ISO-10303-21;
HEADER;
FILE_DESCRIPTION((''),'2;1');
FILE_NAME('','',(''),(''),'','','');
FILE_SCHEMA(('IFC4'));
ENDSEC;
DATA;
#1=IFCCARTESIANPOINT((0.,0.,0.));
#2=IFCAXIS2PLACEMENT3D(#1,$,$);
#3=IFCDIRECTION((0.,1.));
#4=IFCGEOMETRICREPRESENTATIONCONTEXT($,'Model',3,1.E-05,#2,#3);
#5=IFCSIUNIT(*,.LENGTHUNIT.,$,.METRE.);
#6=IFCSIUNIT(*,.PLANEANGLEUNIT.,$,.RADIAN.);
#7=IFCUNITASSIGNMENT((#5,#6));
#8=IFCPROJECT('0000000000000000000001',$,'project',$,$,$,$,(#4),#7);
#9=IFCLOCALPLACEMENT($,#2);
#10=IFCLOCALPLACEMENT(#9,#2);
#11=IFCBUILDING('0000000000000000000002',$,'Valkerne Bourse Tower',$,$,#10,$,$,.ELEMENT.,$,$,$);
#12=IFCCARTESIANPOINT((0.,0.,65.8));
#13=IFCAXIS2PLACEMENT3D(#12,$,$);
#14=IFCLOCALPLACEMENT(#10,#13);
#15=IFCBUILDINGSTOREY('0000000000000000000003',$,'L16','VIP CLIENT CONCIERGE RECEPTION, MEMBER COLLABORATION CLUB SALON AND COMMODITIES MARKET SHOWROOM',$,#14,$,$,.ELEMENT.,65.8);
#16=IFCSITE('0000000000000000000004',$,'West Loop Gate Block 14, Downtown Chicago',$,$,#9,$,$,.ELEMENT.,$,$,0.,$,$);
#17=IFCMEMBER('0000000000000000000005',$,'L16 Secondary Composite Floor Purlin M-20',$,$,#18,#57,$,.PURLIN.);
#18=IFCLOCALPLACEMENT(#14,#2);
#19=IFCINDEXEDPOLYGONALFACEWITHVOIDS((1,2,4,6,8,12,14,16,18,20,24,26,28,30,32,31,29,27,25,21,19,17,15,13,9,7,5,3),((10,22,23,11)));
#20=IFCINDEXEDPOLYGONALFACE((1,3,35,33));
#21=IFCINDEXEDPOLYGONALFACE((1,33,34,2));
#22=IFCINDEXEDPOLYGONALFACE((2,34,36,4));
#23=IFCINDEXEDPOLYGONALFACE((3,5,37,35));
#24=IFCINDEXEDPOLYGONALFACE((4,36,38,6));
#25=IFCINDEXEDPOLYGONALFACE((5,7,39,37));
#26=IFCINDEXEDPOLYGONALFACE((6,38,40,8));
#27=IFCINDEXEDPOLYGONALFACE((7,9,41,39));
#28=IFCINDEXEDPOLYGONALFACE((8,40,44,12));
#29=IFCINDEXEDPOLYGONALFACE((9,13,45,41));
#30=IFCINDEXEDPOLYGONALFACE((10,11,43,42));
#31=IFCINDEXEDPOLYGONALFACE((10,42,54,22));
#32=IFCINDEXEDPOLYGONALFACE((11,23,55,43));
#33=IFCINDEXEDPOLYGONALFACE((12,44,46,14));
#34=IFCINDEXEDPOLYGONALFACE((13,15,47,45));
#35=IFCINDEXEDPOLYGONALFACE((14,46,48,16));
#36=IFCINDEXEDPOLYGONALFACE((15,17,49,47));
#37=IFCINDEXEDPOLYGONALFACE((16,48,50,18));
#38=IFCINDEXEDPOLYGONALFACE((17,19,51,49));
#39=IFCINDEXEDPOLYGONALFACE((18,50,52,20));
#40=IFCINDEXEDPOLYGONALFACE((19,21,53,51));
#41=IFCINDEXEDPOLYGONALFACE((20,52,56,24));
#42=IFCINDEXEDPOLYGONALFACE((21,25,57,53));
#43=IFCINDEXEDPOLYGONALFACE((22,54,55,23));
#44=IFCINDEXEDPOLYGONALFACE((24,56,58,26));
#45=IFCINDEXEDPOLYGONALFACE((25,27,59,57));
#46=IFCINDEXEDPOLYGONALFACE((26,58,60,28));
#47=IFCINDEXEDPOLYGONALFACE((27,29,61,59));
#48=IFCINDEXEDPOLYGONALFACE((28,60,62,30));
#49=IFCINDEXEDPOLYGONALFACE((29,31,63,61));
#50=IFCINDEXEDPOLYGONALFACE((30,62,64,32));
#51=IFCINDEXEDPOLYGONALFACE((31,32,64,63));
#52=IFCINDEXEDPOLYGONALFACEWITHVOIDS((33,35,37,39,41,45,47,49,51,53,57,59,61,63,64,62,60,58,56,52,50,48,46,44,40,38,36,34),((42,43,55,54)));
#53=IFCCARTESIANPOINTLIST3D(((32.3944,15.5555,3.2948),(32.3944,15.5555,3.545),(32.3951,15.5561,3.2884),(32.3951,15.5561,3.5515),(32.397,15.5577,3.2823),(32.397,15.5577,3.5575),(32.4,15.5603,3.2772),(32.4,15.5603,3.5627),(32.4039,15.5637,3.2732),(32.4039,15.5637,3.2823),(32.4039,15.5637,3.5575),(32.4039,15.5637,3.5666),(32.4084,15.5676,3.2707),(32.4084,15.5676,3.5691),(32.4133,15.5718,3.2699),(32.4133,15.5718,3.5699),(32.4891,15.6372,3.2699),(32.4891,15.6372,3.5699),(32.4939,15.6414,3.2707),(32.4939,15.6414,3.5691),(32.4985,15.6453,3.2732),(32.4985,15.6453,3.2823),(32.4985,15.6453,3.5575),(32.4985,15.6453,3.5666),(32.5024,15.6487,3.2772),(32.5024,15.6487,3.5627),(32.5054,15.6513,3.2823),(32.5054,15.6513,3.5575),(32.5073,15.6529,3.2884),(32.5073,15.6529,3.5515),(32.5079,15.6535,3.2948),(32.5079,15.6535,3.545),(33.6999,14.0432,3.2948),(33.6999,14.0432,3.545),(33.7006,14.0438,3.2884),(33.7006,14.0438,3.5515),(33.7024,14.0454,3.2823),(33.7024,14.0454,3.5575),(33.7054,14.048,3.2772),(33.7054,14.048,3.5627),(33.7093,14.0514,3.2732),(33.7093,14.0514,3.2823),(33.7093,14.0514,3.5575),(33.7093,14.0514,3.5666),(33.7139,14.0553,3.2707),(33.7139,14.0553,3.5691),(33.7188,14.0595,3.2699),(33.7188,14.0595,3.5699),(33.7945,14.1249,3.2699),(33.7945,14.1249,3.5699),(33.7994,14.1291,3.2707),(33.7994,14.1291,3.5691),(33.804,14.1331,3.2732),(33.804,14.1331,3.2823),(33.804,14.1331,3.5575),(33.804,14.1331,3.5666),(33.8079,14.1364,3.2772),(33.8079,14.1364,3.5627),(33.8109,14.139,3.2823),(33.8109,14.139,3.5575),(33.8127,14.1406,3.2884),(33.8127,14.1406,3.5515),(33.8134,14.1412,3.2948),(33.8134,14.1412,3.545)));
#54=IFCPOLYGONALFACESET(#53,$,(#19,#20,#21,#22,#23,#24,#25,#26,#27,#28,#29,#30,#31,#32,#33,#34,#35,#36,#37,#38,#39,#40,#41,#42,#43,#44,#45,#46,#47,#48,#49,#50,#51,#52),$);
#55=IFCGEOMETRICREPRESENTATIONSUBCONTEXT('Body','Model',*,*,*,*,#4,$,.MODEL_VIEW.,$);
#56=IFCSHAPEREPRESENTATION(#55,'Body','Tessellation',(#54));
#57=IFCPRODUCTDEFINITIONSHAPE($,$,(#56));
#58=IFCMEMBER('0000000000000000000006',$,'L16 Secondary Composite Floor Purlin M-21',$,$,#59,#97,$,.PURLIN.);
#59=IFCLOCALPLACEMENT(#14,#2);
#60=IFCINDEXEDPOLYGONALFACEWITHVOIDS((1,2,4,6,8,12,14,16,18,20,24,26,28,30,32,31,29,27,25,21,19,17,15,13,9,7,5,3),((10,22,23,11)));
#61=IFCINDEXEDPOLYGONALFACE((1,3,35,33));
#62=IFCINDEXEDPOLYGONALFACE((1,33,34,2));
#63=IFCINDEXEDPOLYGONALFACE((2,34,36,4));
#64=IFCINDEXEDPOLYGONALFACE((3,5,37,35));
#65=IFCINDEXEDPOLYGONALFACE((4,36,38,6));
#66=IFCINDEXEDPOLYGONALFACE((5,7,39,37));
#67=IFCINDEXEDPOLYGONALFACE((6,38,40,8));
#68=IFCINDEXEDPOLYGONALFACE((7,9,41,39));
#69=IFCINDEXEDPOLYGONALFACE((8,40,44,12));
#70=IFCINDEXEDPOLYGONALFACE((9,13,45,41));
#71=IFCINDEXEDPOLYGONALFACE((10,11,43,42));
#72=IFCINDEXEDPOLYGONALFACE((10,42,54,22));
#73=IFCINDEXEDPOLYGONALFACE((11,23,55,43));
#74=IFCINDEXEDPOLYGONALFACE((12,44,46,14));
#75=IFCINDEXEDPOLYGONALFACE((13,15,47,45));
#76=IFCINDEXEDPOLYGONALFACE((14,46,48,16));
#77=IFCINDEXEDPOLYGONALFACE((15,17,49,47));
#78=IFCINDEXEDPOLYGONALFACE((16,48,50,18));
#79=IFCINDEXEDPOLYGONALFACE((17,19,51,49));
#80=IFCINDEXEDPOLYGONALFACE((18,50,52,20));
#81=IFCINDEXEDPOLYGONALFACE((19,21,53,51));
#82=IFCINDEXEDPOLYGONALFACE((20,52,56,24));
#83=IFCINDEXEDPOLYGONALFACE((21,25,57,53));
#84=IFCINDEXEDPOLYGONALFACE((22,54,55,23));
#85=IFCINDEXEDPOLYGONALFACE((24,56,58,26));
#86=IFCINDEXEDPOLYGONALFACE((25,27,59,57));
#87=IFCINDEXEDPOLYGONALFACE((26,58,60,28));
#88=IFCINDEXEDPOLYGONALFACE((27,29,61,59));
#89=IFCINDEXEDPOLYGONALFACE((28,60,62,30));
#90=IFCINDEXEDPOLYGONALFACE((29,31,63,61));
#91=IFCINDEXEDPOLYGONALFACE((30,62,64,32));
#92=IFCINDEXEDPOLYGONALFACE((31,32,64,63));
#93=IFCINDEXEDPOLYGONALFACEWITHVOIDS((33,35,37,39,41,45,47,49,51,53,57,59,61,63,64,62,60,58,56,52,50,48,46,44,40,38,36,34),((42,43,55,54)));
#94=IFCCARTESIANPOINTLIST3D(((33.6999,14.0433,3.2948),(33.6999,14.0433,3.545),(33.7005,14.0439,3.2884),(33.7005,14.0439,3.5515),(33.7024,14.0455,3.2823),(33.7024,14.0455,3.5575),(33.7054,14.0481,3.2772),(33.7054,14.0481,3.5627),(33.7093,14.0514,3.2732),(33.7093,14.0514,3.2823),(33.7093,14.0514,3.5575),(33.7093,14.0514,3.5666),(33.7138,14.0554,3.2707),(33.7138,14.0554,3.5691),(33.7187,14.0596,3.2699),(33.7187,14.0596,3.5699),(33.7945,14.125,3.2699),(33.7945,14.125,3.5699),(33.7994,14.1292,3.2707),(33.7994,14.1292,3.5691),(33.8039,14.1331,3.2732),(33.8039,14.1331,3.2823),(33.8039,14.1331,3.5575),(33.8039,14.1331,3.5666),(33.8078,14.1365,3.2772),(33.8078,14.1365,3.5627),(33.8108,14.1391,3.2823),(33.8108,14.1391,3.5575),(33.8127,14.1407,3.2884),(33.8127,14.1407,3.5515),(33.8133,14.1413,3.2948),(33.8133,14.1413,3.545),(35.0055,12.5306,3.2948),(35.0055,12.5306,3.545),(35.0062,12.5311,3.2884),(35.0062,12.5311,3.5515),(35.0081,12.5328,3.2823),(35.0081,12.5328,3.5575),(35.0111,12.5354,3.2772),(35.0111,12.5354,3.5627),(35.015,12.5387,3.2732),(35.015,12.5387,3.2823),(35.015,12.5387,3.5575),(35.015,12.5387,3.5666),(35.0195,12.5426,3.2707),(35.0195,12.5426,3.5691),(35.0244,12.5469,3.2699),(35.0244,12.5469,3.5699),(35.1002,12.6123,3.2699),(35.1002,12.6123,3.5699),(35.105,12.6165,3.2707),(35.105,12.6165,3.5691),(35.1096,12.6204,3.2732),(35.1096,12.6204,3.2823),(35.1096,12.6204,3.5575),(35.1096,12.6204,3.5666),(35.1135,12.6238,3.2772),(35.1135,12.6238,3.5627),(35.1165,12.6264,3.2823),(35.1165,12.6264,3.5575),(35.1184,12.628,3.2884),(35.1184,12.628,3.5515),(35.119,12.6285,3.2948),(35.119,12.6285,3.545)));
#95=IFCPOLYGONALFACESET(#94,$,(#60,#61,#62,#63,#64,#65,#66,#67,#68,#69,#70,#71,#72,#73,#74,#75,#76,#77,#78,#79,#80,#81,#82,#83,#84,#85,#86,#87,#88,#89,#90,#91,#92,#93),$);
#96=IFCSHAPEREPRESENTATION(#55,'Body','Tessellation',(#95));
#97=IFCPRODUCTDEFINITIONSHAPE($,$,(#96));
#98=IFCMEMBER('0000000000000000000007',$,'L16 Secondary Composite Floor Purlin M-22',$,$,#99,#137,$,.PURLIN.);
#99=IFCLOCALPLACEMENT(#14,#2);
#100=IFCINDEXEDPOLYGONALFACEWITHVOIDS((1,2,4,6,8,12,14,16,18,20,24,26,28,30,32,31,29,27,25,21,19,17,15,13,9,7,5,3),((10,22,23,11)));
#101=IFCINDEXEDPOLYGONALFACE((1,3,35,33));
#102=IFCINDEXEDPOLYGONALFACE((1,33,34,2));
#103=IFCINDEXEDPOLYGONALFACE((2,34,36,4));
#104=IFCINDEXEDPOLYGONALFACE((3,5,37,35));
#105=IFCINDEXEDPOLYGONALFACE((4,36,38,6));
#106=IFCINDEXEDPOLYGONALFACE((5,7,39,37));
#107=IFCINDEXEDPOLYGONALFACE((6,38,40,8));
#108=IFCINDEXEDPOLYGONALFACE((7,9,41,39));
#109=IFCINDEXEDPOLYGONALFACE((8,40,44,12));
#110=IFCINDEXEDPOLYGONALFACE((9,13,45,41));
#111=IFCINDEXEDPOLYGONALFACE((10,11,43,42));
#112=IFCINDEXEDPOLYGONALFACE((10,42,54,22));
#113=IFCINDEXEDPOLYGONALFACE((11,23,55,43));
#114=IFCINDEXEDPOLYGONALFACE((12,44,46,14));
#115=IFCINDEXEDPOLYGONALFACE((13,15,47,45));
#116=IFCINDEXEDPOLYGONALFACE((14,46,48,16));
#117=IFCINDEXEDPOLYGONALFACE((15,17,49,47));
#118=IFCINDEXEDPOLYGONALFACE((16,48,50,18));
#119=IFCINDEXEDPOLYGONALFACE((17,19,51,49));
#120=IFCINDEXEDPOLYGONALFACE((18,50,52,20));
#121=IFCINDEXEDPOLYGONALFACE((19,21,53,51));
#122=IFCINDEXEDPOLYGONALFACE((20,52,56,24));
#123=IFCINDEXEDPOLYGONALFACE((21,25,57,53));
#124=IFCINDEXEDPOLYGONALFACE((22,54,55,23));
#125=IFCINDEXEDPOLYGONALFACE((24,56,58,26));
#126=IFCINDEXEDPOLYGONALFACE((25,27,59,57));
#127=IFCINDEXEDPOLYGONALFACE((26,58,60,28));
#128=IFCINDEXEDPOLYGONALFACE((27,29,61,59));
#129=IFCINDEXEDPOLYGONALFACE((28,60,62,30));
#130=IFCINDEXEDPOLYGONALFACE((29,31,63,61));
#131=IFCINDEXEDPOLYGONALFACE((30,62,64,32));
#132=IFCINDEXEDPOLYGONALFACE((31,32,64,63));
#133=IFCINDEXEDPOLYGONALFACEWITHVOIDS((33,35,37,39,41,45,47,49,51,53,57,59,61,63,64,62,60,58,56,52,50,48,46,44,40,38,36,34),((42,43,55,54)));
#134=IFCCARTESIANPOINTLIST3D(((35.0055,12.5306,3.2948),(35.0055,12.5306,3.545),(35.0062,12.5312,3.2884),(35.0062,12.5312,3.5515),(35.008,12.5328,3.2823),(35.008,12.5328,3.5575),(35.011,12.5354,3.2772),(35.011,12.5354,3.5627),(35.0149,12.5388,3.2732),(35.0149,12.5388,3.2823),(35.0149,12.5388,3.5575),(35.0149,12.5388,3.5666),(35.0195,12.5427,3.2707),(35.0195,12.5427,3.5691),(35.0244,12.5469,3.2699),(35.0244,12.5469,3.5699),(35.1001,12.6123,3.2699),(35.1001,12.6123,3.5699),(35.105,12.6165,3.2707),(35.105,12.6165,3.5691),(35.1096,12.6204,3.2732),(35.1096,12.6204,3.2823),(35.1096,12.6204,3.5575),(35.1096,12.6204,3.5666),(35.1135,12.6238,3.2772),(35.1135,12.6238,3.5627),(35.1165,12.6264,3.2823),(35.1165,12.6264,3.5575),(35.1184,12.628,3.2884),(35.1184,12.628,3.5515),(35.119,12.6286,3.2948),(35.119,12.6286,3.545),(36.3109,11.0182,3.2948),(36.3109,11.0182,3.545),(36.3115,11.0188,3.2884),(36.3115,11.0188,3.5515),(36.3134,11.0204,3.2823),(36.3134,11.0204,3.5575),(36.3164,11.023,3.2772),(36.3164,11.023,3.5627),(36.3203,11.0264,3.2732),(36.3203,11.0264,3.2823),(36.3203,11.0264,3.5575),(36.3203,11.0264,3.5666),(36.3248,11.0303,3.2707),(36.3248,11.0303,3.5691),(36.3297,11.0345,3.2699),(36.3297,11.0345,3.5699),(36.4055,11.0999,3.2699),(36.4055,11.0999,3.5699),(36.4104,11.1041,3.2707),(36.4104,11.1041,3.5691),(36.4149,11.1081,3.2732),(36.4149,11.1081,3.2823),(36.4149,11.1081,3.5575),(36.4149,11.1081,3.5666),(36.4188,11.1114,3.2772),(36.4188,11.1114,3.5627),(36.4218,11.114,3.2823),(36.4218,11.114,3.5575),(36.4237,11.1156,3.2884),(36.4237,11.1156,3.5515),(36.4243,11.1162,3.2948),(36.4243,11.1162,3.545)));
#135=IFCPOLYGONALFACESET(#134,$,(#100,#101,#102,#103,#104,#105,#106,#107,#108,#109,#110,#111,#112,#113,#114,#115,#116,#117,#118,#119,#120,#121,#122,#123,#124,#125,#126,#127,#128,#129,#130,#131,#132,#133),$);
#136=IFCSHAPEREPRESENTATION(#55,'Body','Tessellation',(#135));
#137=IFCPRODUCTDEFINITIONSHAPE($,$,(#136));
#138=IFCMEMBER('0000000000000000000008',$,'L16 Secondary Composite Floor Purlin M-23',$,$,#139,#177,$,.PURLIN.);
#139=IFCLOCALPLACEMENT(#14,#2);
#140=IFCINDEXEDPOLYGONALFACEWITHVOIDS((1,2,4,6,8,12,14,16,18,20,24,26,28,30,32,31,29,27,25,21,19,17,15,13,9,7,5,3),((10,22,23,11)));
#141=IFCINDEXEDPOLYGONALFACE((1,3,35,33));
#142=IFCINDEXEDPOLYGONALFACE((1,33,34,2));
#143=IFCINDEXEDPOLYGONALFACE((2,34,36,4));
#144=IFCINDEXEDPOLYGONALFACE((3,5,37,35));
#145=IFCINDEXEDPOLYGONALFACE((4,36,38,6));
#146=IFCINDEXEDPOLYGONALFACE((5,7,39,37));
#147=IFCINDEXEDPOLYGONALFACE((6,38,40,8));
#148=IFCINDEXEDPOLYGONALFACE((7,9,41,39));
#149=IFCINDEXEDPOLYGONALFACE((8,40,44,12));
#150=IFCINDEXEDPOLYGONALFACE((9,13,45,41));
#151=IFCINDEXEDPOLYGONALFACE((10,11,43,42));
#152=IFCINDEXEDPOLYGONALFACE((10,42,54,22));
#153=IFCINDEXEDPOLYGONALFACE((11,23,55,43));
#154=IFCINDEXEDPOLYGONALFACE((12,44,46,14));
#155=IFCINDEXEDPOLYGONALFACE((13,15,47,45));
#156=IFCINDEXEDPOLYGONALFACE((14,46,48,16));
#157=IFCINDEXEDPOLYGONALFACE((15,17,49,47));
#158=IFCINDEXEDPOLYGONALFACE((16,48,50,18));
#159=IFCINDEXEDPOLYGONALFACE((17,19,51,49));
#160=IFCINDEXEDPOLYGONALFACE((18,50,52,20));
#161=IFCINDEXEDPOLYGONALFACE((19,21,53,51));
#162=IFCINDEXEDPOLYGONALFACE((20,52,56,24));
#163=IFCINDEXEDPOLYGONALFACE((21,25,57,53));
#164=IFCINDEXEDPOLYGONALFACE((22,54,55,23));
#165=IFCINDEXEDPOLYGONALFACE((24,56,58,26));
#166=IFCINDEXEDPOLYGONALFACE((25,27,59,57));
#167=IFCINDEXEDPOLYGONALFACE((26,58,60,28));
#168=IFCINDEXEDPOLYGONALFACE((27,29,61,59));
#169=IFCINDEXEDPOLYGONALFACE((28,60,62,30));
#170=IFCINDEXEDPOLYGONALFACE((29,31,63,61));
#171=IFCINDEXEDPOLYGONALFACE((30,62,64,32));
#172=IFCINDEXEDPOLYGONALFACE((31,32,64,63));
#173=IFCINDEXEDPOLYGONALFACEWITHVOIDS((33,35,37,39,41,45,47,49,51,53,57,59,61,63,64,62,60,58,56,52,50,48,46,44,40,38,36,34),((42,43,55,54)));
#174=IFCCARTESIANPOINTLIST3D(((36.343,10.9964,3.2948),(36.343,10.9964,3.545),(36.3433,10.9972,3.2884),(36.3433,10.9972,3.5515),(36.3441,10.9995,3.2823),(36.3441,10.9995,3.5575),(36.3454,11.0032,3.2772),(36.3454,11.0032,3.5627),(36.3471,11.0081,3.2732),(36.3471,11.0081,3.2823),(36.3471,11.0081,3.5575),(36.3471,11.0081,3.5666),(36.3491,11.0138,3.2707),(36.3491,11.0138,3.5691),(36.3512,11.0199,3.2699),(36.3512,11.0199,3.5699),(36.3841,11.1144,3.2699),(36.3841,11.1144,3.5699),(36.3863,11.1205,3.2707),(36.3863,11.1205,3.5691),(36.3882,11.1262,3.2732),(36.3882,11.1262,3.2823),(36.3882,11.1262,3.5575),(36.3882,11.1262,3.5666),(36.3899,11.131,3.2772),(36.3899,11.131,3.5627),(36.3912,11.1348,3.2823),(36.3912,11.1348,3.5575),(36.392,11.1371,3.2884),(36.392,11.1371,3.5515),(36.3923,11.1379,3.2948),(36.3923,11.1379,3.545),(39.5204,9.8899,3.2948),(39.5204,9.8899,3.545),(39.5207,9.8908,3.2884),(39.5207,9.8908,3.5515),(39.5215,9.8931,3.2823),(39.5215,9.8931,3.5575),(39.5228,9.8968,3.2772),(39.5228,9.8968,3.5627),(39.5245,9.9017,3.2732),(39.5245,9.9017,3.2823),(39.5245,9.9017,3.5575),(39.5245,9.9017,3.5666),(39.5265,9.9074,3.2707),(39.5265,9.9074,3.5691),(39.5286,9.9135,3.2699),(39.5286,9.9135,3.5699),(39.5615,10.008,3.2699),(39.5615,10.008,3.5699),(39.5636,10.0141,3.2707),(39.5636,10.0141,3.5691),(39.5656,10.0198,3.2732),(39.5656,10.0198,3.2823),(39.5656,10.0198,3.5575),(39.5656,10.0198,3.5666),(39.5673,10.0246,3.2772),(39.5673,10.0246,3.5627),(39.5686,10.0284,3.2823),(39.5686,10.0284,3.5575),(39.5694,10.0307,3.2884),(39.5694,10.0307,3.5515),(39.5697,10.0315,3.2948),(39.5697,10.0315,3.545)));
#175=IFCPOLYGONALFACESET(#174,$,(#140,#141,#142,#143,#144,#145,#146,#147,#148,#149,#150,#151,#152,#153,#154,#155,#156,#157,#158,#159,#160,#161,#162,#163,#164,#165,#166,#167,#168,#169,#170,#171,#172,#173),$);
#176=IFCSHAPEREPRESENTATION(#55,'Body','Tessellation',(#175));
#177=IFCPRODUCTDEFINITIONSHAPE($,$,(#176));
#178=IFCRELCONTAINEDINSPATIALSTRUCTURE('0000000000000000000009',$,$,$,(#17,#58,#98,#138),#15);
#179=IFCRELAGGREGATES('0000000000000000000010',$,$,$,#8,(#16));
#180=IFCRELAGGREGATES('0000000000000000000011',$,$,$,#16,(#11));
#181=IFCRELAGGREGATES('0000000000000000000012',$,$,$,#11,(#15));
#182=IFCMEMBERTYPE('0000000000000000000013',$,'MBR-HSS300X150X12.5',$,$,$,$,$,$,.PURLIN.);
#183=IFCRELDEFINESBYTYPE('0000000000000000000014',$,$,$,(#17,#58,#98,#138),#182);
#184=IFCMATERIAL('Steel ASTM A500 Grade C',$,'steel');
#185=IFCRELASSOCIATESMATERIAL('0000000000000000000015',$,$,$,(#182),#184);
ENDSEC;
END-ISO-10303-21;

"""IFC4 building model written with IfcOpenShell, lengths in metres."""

from ifc_helpers import new_model, si_unit, direction, frame, origin, origin_2d, place, context, subcontext, project, spatial, hollow_rectangle, extrude, material, material_profile, profile_set, type_object, element, save


model = new_model("IFC4")

# Units and contexts
model_context = context("Model", 3, precision=1e-05, world=origin(), true_north=direction((0.0, 1.0)))
body_context = subcontext(model_context, "Body", "Model", "MODEL_VIEW")
ifc_project = project(units=[si_unit("LENGTHUNIT", "METRE"), si_unit("PLANEANGLEUNIT", "RADIAN")], contexts=[model_context])

# Site, building, storey
site_placement = place(None, origin())
site = spatial("IfcSite", under=ifc_project, at=site_placement, Name="West Loop Gate Block 14, Downtown Chicago", CompositionType="ELEMENT", RefElevation=0.0)
building_placement = place(site_placement, origin())
building = spatial("IfcBuilding", under=site, at=building_placement, Name="Valkerne Bourse Tower", CompositionType="ELEMENT")
storey_placement = place(building_placement, frame((0.0, 0.0, 65.8)))
storey = spatial("IfcBuildingStorey", under=building, at=storey_placement, Name="L16", Description="VIP CLIENT CONCIERGE RECEPTION, MEMBER COLLABORATION CLUB SALON AND COMMODITIES MARKET SHOWROOM", CompositionType="ELEMENT", Elevation=65.8)

# Members
ifc_material_1 = material(Name="Steel ASTM A500 Grade C", Category="steel")
ifc_material_profile_1 = material_profile(ifc_material_1, hollow_rectangle(XDim=0.1499, YDim=0.3, WallThickness=0.0125, OuterFilletRadius=0.0249, at=origin_2d()), Name="HSS300X150X12.5")
ifc_profile_set_1 = profile_set([ifc_material_profile_1], Name="Steel ASTM A500 Grade C")
member_type_1 = type_object("IfcMemberType", Name="MBR-HSS300X150X12.5", PredefinedType="PURLIN", material=ifc_profile_set_1)
member_1_placement = place(storey_placement, frame((32.4512, 15.6045, 3.4199), z_axis=(0.653454, -0.756966, 0.0), x_axis=(0.756966, 0.653454, 0.0)))
element("IfcMember", 1, at=member_1_placement, inside=storey, type_object=member_type_1, Name="L16 Secondary Composite Floor Purlin M-20", PredefinedType="PURLIN", context=body_context, shape_type="SweptSolid", body=[
    extrude(hollow_rectangle(XDim=0.1499, YDim=0.3, WallThickness=0.0125, OuterFilletRadius=0.0249, at=origin_2d()), origin(), (0.0, 0.0, 1.0), 1.9978),
])
member_2_placement = place(storey_placement, frame((33.7566, 14.0923, 3.4199), z_axis=(0.653404, -0.75701, 0.0), x_axis=(0.75701, 0.653404, 0.0)))
element("IfcMember", 2, at=member_2_placement, inside=storey, type_object=member_type_1, Name="L16 Secondary Composite Floor Purlin M-21", PredefinedType="PURLIN", context=body_context, shape_type="SweptSolid", body=[
    extrude(hollow_rectangle(XDim=0.1499, YDim=0.3, WallThickness=0.0125, OuterFilletRadius=0.0249, at=origin_2d()), origin(), (0.0, 0.0, 1.0), 1.9983),
])
member_3_placement = place(storey_placement, frame((35.0623, 12.5796, 3.4199), z_axis=(0.653394, -0.757018, 0.0), x_axis=(0.757018, 0.653394, 0.0)))
element("IfcMember", 3, at=member_3_placement, inside=storey, type_object=member_type_1, Name="L16 Secondary Composite Floor Purlin M-22", PredefinedType="PURLIN", context=body_context, shape_type="SweptSolid", body=[
    extrude(hollow_rectangle(XDim=0.1499, YDim=0.3, WallThickness=0.0125, OuterFilletRadius=0.0249, at=origin_2d()), origin(), (0.0, 0.0, 1.0), 1.9978),
])
member_4_placement = place(storey_placement, frame((36.3677, 11.0671, 3.4199), z_axis=(0.944383, -0.328847, 0.0), x_axis=(0.328847, 0.944383, 0.0)))
element("IfcMember", 4, at=member_4_placement, inside=storey, type_object=member_type_1, Name="L16 Secondary Composite Floor Purlin M-23", PredefinedType="PURLIN", context=body_context, shape_type="SweptSolid", body=[
    extrude(hollow_rectangle(XDim=0.1499, YDim=0.3, WallThickness=0.0125, OuterFilletRadius=0.0249, at=origin_2d()), origin(), (0.0, 0.0, 1.0), 3.3645),
])

save(model, "model.ifc")
